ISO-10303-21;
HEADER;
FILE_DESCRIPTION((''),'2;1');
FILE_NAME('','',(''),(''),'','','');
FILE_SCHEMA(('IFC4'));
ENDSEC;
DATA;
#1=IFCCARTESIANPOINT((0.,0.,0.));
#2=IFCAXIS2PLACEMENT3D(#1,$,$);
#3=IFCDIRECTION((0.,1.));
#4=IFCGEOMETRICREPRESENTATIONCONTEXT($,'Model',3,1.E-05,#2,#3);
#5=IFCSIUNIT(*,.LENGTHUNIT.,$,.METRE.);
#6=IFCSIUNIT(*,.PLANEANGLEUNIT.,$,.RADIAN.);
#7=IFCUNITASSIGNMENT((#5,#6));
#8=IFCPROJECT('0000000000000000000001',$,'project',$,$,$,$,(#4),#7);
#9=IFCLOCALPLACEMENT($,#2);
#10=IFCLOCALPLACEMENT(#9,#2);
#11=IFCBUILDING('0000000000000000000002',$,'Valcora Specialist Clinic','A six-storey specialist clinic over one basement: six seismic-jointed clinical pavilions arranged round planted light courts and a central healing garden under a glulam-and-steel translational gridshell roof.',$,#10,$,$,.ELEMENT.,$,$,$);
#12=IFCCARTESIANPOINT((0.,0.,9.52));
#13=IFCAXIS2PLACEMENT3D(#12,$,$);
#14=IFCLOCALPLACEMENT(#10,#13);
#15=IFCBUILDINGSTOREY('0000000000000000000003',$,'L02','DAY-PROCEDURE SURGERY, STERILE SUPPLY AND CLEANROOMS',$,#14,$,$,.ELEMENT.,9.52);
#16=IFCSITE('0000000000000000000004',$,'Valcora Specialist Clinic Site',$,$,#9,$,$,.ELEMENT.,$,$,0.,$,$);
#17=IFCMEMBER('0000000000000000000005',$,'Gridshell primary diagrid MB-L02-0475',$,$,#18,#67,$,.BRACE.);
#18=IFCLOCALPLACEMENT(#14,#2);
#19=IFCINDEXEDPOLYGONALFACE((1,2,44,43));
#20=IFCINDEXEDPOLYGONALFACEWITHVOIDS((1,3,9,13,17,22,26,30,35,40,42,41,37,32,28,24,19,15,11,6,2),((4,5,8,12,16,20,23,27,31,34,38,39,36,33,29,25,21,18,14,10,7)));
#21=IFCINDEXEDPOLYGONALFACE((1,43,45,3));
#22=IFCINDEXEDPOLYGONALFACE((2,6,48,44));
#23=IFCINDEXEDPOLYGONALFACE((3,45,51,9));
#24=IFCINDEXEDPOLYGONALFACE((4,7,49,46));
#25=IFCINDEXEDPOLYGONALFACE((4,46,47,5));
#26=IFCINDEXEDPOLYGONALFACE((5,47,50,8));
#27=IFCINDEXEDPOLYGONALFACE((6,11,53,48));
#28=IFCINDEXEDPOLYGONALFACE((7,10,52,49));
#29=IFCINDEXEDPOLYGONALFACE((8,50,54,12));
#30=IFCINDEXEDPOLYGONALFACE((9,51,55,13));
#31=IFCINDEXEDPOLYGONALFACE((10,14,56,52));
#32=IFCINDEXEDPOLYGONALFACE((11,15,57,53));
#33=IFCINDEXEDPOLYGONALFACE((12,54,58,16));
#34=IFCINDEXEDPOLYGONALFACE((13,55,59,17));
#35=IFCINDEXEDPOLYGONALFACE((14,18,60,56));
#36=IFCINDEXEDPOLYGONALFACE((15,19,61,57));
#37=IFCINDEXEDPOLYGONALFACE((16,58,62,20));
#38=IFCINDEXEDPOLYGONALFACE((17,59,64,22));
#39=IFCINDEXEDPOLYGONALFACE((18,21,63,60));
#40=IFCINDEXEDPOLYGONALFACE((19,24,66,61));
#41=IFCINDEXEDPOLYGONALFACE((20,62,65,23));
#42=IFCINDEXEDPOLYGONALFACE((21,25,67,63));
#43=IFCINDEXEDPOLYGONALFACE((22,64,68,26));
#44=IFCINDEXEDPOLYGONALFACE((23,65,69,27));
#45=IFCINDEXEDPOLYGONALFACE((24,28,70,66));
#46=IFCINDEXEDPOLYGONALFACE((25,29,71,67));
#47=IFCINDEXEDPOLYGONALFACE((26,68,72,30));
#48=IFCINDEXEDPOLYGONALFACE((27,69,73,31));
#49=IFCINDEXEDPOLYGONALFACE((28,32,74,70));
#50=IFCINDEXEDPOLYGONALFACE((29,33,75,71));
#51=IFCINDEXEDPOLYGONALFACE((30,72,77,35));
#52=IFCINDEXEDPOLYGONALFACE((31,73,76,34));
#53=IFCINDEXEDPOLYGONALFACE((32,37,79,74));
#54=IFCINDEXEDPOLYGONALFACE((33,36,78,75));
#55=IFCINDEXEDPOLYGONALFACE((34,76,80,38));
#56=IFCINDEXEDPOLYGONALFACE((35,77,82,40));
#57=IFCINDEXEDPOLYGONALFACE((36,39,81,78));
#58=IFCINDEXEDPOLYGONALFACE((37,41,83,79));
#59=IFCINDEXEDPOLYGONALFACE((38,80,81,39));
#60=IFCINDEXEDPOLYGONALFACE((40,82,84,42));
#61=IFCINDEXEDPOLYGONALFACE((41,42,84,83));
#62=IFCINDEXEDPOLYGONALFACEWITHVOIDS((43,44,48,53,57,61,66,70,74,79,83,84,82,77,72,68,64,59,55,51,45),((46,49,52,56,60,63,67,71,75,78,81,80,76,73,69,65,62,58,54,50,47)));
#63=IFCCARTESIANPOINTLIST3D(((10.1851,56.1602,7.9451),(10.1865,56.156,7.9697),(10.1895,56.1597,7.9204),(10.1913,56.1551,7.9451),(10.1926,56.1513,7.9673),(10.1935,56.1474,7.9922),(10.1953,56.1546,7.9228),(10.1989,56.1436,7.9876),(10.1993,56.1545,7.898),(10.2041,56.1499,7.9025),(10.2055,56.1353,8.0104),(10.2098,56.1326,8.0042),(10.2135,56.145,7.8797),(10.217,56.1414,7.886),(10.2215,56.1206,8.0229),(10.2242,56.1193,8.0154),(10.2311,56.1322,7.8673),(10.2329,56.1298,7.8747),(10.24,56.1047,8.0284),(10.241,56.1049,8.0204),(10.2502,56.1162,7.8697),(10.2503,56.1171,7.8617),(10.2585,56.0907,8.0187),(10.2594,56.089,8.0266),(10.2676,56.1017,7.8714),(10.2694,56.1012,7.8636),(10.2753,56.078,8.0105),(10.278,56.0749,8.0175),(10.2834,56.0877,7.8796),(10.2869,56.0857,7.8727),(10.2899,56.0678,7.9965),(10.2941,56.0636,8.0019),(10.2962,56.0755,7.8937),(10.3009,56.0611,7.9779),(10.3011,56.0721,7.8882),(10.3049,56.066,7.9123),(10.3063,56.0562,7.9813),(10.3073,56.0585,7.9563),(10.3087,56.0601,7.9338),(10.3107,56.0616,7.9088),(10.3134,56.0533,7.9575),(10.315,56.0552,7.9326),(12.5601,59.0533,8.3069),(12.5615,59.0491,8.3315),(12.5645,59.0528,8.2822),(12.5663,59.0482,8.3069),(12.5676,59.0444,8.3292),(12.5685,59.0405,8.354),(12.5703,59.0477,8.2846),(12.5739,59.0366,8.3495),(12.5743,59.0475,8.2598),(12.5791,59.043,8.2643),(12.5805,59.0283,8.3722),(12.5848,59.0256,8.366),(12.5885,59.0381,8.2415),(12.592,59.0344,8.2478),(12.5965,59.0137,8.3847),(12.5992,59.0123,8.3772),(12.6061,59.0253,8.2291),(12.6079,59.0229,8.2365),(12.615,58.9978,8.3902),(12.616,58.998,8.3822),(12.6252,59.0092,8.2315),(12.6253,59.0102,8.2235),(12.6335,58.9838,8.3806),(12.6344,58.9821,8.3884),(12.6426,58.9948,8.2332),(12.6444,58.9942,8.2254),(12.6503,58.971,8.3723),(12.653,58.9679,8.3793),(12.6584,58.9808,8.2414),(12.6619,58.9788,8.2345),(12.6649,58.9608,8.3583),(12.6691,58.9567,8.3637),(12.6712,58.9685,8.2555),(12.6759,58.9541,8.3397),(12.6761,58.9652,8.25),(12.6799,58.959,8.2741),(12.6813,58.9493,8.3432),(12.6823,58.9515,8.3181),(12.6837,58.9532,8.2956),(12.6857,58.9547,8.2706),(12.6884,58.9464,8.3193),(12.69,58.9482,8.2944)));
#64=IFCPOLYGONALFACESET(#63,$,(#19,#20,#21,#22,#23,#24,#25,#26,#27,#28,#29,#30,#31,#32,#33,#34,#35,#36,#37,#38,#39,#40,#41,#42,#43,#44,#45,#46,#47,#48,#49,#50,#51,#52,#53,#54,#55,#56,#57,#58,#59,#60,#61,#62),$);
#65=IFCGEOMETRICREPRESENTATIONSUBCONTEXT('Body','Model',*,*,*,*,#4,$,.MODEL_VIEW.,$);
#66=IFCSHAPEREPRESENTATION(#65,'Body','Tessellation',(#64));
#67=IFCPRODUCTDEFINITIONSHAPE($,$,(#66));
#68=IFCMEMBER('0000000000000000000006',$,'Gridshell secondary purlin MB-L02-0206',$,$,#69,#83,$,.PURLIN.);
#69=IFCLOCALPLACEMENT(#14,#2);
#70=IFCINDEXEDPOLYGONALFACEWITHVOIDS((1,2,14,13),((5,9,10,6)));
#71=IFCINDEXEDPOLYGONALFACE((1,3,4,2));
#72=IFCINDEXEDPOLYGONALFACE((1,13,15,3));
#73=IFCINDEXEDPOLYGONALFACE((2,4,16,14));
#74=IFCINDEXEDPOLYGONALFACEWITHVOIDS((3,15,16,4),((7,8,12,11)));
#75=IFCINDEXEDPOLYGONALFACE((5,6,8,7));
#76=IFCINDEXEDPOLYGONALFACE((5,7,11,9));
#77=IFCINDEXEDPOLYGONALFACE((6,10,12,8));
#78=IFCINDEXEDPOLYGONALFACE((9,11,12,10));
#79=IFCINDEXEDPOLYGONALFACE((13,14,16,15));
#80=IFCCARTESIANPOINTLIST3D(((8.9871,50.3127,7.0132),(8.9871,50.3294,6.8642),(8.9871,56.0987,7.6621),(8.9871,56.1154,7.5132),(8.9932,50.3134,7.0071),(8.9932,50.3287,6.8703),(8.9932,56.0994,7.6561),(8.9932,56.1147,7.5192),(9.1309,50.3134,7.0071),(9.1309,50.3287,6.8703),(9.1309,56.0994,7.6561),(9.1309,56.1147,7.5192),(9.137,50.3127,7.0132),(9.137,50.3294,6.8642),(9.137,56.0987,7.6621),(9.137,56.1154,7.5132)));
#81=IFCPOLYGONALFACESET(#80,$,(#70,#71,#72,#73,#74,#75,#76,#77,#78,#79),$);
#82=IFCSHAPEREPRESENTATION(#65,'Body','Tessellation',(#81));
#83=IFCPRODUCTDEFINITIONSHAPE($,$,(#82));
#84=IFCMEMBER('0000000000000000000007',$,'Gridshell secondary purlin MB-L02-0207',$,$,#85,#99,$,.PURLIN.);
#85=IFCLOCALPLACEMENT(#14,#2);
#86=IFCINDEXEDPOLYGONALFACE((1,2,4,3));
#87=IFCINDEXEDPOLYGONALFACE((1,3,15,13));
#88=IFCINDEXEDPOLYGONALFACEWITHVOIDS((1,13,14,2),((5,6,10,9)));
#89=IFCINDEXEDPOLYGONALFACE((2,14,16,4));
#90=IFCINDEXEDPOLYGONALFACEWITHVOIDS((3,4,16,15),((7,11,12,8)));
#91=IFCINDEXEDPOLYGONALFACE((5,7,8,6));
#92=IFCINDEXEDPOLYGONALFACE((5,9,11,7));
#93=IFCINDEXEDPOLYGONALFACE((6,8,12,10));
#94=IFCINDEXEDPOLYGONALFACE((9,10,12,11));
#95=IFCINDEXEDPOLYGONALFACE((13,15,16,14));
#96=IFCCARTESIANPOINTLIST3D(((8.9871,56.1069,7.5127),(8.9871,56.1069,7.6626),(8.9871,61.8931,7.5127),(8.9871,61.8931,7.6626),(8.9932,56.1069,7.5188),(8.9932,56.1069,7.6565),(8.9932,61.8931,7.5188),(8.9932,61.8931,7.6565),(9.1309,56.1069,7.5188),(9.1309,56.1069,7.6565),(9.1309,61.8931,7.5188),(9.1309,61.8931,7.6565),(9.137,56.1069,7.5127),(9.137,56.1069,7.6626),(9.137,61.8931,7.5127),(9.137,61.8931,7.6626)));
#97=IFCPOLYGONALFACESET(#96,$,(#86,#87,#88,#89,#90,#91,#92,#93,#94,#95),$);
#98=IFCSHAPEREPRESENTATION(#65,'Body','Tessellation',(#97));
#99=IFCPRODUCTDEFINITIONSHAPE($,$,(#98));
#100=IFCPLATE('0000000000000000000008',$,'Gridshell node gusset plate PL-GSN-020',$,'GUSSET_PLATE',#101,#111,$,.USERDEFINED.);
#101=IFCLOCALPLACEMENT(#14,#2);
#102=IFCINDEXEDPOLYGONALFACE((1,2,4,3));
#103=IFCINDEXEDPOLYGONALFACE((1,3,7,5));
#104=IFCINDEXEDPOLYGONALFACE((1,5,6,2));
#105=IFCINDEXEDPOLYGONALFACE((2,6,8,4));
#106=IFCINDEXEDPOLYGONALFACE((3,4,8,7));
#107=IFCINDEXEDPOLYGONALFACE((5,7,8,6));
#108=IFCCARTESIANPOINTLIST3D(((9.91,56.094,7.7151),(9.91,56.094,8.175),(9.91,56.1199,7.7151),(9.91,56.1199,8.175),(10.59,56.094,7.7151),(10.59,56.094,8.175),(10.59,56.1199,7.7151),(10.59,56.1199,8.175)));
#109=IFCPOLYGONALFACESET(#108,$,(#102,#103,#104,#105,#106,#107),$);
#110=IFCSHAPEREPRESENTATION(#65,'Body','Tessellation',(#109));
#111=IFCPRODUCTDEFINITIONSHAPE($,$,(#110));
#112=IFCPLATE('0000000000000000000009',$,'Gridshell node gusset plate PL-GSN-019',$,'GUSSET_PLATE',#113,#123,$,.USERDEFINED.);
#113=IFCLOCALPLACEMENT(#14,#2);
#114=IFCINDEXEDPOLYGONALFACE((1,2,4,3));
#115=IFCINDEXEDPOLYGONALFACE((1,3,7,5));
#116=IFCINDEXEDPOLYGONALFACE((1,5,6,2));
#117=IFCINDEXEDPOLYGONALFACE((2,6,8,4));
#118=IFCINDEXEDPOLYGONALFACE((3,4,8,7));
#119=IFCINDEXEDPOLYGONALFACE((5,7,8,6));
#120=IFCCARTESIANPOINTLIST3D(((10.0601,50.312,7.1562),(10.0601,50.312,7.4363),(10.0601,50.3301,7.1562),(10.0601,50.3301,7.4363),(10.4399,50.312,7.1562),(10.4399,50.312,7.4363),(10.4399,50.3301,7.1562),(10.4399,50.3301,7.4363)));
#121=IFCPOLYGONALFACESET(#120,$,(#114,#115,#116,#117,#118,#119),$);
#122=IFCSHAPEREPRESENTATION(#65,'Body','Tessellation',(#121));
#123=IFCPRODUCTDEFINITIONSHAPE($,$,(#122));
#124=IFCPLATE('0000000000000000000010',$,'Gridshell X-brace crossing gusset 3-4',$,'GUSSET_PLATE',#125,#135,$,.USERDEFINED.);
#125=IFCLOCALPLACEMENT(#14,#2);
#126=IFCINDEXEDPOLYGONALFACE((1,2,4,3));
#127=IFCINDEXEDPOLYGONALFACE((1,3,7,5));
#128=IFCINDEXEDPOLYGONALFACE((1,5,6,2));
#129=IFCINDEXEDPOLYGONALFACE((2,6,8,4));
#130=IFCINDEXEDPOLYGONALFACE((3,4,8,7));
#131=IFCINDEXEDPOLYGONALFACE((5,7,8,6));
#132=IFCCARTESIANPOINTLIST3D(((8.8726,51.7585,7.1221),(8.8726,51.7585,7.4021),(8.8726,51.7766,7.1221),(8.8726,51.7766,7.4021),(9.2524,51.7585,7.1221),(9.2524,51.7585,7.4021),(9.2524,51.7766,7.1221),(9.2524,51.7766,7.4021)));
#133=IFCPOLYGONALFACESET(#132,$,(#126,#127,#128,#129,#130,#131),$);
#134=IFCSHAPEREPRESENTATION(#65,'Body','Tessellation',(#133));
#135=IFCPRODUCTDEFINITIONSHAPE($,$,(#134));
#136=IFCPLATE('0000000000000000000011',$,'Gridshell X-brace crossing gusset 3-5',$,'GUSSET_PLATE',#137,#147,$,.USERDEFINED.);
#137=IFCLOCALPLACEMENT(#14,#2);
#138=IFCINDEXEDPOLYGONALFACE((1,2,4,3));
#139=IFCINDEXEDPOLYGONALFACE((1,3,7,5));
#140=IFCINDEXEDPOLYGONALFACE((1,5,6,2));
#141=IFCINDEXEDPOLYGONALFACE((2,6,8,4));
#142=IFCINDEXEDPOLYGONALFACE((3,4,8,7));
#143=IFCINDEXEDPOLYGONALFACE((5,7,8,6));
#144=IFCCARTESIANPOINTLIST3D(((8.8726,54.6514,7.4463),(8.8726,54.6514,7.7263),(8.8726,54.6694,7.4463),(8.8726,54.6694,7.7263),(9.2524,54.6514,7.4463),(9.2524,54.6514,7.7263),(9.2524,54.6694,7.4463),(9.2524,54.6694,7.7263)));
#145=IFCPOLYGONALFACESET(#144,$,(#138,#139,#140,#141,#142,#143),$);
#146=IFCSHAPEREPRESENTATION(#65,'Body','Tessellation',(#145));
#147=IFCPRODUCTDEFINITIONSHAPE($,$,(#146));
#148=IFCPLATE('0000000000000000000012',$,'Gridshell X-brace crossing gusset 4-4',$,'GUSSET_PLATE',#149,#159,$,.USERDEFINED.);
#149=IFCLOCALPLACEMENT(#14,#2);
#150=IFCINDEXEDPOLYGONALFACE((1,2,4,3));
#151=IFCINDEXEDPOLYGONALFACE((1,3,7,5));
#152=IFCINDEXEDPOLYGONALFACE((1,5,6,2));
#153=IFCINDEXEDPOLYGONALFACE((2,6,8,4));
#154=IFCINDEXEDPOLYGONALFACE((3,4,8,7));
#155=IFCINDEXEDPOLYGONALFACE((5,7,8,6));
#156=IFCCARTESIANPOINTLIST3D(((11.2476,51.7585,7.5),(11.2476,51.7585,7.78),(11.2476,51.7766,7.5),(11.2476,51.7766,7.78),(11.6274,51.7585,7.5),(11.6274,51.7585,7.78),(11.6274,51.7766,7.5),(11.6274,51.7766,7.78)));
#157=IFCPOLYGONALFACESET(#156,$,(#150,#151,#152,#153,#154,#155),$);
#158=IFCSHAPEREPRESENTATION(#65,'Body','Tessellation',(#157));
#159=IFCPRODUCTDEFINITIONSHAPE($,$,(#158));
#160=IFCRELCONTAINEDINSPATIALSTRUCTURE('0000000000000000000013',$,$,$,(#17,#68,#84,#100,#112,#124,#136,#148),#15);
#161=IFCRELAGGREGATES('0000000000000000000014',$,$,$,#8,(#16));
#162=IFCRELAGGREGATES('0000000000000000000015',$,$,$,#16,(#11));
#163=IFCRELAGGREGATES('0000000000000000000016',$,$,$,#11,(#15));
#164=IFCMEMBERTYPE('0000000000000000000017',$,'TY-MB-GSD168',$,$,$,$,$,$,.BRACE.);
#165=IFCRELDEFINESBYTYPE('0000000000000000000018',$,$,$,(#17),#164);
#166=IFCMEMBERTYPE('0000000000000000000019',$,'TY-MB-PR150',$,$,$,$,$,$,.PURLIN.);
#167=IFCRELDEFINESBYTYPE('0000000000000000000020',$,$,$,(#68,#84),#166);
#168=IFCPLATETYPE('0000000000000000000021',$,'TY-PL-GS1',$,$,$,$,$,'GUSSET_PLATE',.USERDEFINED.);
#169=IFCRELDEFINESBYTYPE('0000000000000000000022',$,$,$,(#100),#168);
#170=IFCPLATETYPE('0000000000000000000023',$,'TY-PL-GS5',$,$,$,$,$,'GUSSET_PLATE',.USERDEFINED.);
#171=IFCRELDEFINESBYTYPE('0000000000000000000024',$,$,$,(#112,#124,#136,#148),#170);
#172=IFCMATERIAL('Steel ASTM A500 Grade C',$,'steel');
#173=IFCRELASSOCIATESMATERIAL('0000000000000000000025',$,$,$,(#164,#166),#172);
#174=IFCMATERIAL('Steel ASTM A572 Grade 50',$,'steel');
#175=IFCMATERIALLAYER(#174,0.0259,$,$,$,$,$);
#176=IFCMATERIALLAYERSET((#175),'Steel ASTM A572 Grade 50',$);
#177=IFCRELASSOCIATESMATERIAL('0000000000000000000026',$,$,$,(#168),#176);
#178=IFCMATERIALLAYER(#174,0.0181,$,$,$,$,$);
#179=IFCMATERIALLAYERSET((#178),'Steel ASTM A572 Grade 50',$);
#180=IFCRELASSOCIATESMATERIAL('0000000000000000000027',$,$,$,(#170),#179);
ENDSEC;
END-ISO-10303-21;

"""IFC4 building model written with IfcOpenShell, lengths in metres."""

from ifc_helpers import new_model, si_unit, direction, frame, origin, origin_2d, place, context, subcontext, project, spatial, rectangle, hollow_rectangle, hollow_circle, extrude, material, layer, layer_set, material_profile, profile_set, type_object, element, save


model = new_model("IFC4")

# Units and contexts
model_context = context("Model", 3, precision=1e-05, world=origin(), true_north=direction((0.0, 1.0)))
body_context = subcontext(model_context, "Body", "Model", "MODEL_VIEW")
ifc_project = project(units=[si_unit("LENGTHUNIT", "METRE"), si_unit("PLANEANGLEUNIT", "RADIAN")], contexts=[model_context])

# Site, building, storey
site_placement = place(None, origin())
site = spatial("IfcSite", under=ifc_project, at=site_placement, Name="Valcora Specialist Clinic Site", CompositionType="ELEMENT", RefElevation=0.0)
building_placement = place(site_placement, origin())
building = spatial("IfcBuilding", under=site, at=building_placement, Name="Valcora Specialist Clinic", Description="A six-storey specialist clinic over one basement: six seismic-jointed clinical pavilions arranged round planted light courts and a central healing garden under a glulam-and-steel translational gridshell roof.", CompositionType="ELEMENT")
storey_placement = place(building_placement, frame((0.0, 0.0, 9.52)))
storey = spatial("IfcBuildingStorey", under=building, at=storey_placement, Name="L02", Description="DAY-PROCEDURE SURGERY, STERILE SUPPLY AND CLEANROOMS", CompositionType="ELEMENT", Elevation=9.52)

# Members
ifc_material_1 = material(Name="Steel ASTM A500 Grade C", Category="steel")
ifc_material_profile_1 = material_profile(ifc_material_1, hollow_circle(Radius=0.084, WallThickness=0.0081, at=origin_2d()), Name="ST-CHS-168X8")
ifc_profile_set_1 = profile_set([ifc_material_profile_1], Name="Steel ASTM A500 Grade C")
member_type_1 = type_object("IfcMemberType", Name="TY-MB-GSD168", PredefinedType="BRACE", material=ifc_profile_set_1)
member_1_placement = place(storey_placement, frame((10.25, 56.1069, 7.9451), z_axis=(0.631565, 0.76933, 0.096215), x_axis=(-0.772916, 0.634508, 0.0)))
element("IfcMember", 1, at=member_1_placement, inside=storey, type_object=member_type_1, Name="Gridshell primary diagrid MB-L02-0475", PredefinedType="BRACE", context=body_context, shape_type="SweptSolid", body=[
    extrude(hollow_circle(Radius=0.084, WallThickness=0.0081, at=origin_2d()), origin(), (0.0, 0.0, 1.0), 3.7605),
])
ifc_material_profile_2 = material_profile(ifc_material_1, hollow_rectangle(XDim=0.1499, YDim=0.1499, WallThickness=0.0061, at=origin_2d()), Name="ST-RHS-150X150X6")
ifc_profile_set_2 = profile_set([ifc_material_profile_2], Name="Steel ASTM A500 Grade C")
member_type_2 = type_object("IfcMemberType", Name="TY-MB-PR150", PredefinedType="PURLIN", material=ifc_profile_set_2)
member_2_placement = place(storey_placement, frame((9.062, 50.321, 6.9387), z_axis=(0.0, 0.993769, 0.111458), x_axis=(-1.0, 0.0, 0.0)))
element("IfcMember", 2, at=member_2_placement, inside=storey, type_object=member_type_2, Name="Gridshell secondary purlin MB-L02-0206", PredefinedType="PURLIN", context=body_context, shape_type="SweptSolid", body=[
    extrude(hollow_rectangle(XDim=0.1499, YDim=0.1499, WallThickness=0.0061, at=origin_2d()), origin(), (0.0, 0.0, 1.0), 5.8223),
])
member_3_placement = place(storey_placement, frame((9.062, 56.1069, 7.5876), z_axis=(0.0, 1.0, 0.0), x_axis=(-1.0, 0.0, 0.0)))
element("IfcMember", 3, at=member_3_placement, inside=storey, type_object=member_type_2, Name="Gridshell secondary purlin MB-L02-0207", PredefinedType="PURLIN", context=body_context, shape_type="SweptSolid", body=[
    extrude(hollow_rectangle(XDim=0.1499, YDim=0.1499, WallThickness=0.0061, at=origin_2d()), origin(), (0.0, 0.0, 1.0), 5.7861),
])

# Plates
ifc_material_2 = material(Name="Steel ASTM A572 Grade 50", Category="steel")
ifc_layer_1 = layer(ifc_material_2, 0.0259)
ifc_layer_set_1 = layer_set([ifc_layer_1], Name="Steel ASTM A572 Grade 50")
plate_type_1 = type_object("IfcPlateType", Name="TY-PL-GS1", ElementType="GUSSET_PLATE", PredefinedType="USERDEFINED", material=ifc_layer_set_1)
plate_placement = place(storey_placement, frame((10.25, 56.1069, 7.7151), z_axis=(0.0, 0.0, 1.0), x_axis=(1.0, 0.0, 0.0)))
element("IfcPlate", 4, at=plate_placement, inside=storey, type_object=plate_type_1, Name="Gridshell node gusset plate PL-GSN-020", ObjectType="GUSSET_PLATE", PredefinedType="USERDEFINED", context=body_context, shape_type="SweptSolid", body=[
    extrude(rectangle(XDim=0.6799, YDim=0.0259, at=origin_2d()), origin(), (0.0, 0.0, 1.0), 0.46),
])
ifc_layer_2 = layer(ifc_material_2, 0.0181)
ifc_layer_set_2 = layer_set([ifc_layer_2], Name="Steel ASTM A572 Grade 50")
plate_type_2 = type_object("IfcPlateType", Name="TY-PL-GS5", ElementType="GUSSET_PLATE", PredefinedType="USERDEFINED", material=ifc_layer_set_2)
for number, where, z_axis, x_axis, name in (
    (5, (10.25, 50.321, 7.1562), (0.0, 0.0, 1.0), (1.0, 0.0, 0.0), "Gridshell node gusset plate PL-GSN-019"),
    (6, (9.0625, 51.7676, 7.1221), (0.0, 0.0, 1.0), (1.0, 0.0, 0.0), "Gridshell X-brace crossing gusset 3-4"),
    (7, (9.0625, 54.6604, 7.4463), (0.0, 0.0, 1.0), (1.0, 0.0, 0.0), "Gridshell X-brace crossing gusset 3-5"),
    (8, (11.4375, 51.7676, 7.5), (0.0, 0.0, 1.0), (1.0, 0.0, 0.0), "Gridshell X-brace crossing gusset 4-4"),
):
    element("IfcPlate", number, at=place(storey_placement, frame(where, z_axis=z_axis, x_axis=x_axis)), inside=storey, type_object=plate_type_2, Name=name, ObjectType="GUSSET_PLATE", PredefinedType="USERDEFINED", context=body_context, shape_type="SweptSolid", body=[
        extrude(rectangle(XDim=0.3799, YDim=0.0181, at=origin_2d()), origin(), (0.0, 0.0, 1.0), 0.28),
    ])

save(model, "model.ifc")
